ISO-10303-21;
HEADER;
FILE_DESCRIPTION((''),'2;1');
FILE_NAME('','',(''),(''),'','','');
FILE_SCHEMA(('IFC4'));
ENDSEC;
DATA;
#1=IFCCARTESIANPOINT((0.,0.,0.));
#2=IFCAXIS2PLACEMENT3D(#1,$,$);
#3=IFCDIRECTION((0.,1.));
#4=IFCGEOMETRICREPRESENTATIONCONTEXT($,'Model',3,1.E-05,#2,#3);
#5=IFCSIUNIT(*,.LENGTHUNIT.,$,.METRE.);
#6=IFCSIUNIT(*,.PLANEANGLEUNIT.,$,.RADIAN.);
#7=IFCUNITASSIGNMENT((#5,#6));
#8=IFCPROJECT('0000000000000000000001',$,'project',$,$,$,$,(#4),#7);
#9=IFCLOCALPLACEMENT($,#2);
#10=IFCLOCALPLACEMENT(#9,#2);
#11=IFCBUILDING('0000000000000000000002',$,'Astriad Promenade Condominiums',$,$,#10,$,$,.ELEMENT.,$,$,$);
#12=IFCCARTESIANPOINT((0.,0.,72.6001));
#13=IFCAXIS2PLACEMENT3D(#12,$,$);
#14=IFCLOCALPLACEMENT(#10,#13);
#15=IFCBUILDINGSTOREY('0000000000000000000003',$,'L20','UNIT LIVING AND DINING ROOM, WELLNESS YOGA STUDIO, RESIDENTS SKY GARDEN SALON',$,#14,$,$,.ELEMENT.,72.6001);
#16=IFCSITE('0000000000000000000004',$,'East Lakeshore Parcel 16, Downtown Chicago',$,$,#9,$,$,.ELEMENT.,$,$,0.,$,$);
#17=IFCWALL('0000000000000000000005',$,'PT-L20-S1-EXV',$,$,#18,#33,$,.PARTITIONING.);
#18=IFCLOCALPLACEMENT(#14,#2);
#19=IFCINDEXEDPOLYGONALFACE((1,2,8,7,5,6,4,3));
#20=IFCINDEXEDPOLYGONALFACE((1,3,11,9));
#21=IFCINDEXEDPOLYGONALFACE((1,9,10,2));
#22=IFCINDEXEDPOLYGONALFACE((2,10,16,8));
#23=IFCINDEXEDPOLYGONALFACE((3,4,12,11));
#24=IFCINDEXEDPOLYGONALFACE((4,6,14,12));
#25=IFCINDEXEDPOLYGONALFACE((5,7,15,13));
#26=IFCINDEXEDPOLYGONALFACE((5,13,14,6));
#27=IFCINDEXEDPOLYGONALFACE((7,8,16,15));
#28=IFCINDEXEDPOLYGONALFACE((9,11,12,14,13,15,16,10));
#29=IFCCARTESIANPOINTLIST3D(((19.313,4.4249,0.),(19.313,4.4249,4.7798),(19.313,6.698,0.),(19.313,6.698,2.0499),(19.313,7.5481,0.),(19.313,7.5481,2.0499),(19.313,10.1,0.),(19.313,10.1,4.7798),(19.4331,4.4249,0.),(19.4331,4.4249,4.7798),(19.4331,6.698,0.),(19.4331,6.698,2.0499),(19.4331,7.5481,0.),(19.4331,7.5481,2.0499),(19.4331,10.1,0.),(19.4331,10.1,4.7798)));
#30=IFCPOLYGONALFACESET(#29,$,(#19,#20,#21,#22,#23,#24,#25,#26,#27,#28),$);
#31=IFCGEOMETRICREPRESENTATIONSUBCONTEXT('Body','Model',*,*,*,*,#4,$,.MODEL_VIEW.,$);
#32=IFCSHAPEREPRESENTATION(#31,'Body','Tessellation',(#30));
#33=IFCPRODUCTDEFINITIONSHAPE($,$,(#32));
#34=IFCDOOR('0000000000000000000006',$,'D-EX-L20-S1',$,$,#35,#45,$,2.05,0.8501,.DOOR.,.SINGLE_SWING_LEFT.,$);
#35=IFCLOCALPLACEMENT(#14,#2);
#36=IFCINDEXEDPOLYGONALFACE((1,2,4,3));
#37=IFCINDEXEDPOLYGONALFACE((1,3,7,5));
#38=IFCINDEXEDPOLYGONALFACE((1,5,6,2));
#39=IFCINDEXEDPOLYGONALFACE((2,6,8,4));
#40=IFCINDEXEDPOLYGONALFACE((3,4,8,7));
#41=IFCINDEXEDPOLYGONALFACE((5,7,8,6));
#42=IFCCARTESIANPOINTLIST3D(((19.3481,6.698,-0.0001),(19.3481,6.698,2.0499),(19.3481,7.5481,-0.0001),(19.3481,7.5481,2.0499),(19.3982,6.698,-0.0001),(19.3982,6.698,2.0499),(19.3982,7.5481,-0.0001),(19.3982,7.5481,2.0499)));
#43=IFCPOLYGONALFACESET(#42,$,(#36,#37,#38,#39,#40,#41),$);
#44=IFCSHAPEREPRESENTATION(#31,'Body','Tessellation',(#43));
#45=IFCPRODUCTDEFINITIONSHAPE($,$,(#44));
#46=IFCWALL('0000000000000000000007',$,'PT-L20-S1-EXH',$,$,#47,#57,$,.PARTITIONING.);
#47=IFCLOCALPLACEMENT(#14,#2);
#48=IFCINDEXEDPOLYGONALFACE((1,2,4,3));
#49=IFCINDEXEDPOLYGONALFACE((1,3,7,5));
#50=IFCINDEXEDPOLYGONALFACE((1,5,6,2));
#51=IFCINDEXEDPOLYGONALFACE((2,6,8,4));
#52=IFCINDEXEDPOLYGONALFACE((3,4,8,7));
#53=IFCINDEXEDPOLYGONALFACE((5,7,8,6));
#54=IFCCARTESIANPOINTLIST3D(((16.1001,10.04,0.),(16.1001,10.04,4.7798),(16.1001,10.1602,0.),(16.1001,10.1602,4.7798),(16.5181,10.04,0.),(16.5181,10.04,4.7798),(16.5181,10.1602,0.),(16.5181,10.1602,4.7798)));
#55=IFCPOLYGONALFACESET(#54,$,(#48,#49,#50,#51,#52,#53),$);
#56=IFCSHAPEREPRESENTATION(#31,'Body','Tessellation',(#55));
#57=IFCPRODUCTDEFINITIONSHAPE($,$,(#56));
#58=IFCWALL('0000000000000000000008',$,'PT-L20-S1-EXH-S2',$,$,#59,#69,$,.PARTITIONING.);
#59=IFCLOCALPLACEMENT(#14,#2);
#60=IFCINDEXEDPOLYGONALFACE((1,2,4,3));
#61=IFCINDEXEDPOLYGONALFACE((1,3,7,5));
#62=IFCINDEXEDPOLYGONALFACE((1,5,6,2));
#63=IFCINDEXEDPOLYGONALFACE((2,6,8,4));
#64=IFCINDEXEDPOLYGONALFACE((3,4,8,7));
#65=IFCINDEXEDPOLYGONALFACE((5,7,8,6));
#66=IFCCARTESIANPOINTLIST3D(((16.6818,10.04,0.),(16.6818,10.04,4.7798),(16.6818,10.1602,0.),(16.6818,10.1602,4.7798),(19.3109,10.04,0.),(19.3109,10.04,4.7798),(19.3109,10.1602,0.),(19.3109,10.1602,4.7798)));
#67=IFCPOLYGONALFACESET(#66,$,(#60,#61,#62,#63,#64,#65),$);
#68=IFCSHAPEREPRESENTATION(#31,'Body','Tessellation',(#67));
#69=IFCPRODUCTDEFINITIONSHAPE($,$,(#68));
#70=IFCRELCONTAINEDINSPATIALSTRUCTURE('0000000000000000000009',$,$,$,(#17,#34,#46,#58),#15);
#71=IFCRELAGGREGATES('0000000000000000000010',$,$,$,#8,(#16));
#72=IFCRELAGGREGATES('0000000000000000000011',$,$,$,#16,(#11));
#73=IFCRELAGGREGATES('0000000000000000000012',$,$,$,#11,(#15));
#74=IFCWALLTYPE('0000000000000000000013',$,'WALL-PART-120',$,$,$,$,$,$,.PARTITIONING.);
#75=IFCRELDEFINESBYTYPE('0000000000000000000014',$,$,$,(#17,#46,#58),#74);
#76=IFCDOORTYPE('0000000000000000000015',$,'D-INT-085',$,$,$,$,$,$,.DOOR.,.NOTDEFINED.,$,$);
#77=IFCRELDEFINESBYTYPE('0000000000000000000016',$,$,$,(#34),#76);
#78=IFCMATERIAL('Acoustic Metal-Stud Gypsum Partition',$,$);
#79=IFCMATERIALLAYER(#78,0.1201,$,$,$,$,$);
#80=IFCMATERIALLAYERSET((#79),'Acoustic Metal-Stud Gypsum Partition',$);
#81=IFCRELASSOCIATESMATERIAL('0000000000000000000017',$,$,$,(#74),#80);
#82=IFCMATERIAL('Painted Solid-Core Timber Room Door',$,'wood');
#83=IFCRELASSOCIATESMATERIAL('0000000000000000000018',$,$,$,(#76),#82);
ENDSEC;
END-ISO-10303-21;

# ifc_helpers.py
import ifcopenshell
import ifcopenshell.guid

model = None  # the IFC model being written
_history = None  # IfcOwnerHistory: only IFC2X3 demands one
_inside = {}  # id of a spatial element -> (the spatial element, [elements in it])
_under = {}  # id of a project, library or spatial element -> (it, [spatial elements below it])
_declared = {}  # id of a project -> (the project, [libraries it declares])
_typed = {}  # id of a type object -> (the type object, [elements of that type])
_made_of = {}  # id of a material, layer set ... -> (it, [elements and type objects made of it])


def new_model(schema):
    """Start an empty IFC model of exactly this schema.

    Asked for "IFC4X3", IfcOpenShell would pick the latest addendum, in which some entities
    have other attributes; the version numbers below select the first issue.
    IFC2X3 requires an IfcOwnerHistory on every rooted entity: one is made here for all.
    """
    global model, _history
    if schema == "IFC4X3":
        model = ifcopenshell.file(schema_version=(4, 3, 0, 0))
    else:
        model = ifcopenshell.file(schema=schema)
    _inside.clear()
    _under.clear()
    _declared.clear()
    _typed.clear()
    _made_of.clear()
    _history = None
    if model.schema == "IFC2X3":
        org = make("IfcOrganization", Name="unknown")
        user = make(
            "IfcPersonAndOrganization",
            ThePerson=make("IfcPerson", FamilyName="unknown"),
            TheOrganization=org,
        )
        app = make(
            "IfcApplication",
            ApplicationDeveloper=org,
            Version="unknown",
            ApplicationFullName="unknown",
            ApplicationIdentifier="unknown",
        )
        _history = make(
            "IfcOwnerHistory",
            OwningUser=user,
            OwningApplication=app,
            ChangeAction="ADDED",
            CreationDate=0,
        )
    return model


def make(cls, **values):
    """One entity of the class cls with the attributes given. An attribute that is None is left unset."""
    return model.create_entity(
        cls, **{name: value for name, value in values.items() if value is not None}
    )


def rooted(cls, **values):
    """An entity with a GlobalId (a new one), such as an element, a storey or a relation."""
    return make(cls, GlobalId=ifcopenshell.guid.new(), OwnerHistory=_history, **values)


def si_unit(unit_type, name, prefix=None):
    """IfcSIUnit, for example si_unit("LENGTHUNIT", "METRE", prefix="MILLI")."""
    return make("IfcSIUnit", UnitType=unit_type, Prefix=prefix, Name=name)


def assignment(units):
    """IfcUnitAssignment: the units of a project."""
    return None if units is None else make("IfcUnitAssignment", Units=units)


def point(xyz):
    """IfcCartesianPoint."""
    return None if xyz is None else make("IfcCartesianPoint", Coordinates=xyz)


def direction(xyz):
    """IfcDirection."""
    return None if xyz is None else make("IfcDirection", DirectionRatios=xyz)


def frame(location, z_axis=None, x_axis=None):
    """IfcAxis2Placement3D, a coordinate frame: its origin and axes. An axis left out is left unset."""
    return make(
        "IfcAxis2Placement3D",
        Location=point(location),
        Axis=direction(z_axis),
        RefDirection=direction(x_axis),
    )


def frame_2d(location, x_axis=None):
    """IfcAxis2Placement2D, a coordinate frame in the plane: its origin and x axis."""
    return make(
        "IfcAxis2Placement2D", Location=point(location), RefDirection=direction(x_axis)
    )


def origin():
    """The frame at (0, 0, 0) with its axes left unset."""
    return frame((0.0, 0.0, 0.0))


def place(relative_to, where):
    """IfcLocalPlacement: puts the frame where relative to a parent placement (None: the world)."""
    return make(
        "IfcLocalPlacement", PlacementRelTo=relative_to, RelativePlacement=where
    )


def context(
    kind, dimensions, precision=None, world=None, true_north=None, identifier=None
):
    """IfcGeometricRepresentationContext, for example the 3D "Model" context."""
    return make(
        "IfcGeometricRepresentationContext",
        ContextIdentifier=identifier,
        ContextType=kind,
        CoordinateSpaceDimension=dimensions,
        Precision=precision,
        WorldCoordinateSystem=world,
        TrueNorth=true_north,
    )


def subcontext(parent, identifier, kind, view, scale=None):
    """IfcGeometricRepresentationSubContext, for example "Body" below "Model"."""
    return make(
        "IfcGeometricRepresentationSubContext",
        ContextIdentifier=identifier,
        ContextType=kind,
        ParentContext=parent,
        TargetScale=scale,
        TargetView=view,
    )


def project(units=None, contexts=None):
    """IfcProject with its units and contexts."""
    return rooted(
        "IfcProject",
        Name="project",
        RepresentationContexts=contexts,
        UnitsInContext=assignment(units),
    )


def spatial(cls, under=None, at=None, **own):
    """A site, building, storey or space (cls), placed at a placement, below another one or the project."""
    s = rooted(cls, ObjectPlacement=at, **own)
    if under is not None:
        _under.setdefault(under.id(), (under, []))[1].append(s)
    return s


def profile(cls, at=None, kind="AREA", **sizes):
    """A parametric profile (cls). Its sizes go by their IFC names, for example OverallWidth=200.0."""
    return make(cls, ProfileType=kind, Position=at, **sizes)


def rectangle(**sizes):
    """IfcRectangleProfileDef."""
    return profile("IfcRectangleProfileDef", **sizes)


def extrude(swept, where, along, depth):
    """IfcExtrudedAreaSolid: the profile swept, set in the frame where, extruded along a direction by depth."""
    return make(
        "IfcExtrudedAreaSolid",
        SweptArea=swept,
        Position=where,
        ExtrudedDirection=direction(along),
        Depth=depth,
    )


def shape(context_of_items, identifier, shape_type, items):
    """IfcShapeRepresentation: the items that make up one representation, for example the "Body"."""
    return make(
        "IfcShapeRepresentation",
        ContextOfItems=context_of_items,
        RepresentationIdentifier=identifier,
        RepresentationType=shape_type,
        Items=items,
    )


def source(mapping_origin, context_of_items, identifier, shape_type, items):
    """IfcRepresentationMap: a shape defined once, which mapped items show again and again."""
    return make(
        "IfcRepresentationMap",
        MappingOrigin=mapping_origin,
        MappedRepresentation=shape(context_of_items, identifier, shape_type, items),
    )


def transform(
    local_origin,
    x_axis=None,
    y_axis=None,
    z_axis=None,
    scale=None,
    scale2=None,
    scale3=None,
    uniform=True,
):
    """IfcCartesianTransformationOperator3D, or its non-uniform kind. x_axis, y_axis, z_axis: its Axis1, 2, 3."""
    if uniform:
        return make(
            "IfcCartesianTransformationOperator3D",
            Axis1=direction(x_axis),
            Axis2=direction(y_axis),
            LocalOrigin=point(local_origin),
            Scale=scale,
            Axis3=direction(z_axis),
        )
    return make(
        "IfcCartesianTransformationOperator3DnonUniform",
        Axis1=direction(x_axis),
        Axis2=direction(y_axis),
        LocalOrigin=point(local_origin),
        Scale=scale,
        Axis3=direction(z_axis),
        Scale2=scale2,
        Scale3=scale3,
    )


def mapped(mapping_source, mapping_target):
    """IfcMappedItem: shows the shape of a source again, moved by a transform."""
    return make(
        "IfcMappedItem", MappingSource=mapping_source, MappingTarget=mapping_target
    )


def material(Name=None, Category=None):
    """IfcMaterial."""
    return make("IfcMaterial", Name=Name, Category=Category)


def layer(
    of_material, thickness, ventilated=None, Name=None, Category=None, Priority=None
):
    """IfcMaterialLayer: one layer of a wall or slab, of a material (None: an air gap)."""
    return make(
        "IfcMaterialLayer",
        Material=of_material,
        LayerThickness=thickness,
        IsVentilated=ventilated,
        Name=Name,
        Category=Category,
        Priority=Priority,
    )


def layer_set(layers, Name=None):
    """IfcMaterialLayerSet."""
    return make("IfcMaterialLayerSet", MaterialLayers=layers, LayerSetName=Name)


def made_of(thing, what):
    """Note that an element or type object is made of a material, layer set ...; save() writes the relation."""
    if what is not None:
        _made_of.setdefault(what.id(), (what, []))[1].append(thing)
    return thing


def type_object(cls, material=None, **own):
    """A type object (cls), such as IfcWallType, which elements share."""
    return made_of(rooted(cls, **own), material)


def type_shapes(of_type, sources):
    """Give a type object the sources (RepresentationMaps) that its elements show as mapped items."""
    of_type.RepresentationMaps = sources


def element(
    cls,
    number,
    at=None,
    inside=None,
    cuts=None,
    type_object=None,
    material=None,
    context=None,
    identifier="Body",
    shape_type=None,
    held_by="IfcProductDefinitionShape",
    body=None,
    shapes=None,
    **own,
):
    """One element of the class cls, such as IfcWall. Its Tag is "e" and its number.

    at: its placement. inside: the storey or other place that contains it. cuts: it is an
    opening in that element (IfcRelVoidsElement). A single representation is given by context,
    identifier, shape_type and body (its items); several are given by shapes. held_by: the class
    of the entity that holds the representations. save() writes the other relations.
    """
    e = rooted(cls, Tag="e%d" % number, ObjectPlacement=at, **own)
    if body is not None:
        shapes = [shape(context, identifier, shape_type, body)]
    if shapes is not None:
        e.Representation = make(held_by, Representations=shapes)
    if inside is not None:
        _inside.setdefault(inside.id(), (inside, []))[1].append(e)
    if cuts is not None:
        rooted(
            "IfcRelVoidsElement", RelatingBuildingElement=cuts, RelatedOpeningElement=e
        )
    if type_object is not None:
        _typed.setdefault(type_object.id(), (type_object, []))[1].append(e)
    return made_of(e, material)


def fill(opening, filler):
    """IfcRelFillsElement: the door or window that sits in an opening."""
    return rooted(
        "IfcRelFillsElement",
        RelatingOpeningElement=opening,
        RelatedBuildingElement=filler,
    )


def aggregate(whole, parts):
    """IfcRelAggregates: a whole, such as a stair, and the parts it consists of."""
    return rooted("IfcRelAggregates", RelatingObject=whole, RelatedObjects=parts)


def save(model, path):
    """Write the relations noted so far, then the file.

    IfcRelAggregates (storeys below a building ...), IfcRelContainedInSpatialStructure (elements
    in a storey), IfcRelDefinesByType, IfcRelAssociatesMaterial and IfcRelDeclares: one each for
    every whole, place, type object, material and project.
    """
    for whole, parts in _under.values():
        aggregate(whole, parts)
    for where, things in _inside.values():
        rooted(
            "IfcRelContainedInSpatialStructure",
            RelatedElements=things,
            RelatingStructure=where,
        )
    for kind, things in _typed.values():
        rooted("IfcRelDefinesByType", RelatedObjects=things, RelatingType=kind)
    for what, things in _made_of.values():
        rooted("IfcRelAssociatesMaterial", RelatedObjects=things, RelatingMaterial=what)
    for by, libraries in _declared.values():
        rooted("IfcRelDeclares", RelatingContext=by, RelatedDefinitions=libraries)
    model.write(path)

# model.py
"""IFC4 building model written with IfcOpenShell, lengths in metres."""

from ifc_helpers import new_model, si_unit, direction, frame, frame_2d, origin, place, context, subcontext, project, spatial, rectangle, extrude, source, transform, mapped, material, layer, layer_set, type_object, type_shapes, element, fill, save


model = new_model("IFC4")

# Units and contexts
model_context = context("Model", 3, precision=1e-05, world=origin(), true_north=direction((0.0, 1.0)))
body_context = subcontext(model_context, "Body", "Model", "MODEL_VIEW")
ifc_project = project(units=[si_unit("LENGTHUNIT", "METRE"), si_unit("PLANEANGLEUNIT", "RADIAN")], contexts=[model_context])

# Site, building, storey
site_placement = place(None, origin())
site = spatial("IfcSite", under=ifc_project, at=site_placement, Name="East Lakeshore Parcel 16, Downtown Chicago", CompositionType="ELEMENT", RefElevation=0.0)
building_placement = place(site_placement, origin())
building = spatial("IfcBuilding", under=site, at=building_placement, Name="Astriad Promenade Condominiums", CompositionType="ELEMENT")
storey_placement = place(building_placement, frame((0.0, 0.0, 72.6001)))
storey = spatial("IfcBuildingStorey", under=building, at=storey_placement, Name="L20", Description="UNIT LIVING AND DINING ROOM, WELLNESS YOGA STUDIO, RESIDENTS SKY GARDEN SALON", CompositionType="ELEMENT", Elevation=72.6001)

# Wall, opening, door
ifc_material_1 = material(Name="Acoustic Metal-Stud Gypsum Partition")
ifc_layer_1 = layer(ifc_material_1, 0.1201)
ifc_layer_set_1 = layer_set([ifc_layer_1], Name="Acoustic Metal-Stud Gypsum Partition")
wall_type_1 = type_object("IfcWallType", Name="WALL-PART-120", PredefinedType="PARTITIONING", material=ifc_layer_set_1)
wall_1_placement = place(storey_placement, frame((19.373, 4.425, 0.0), z_axis=(0.0, 0.0, 1.0), x_axis=(0.0, 1.0, 0.0)))
wall_1 = element("IfcWall", 1, at=wall_1_placement, inside=storey, type_object=wall_type_1, Name="PT-L20-S1-EXV", PredefinedType="PARTITIONING", context=body_context, shape_type="SweptSolid", body=[
    extrude(rectangle(XDim=5.675, YDim=0.1201, at=frame_2d((2.8374, 0.0))), origin(), (0.0, 0.0, 1.0), 4.7798),
])
opening_1_placement = place(wall_1_placement, frame((2.2729, 0.0, 0.0)))
opening_1 = element("IfcOpeningElement", 2, at=opening_1_placement, cuts=wall_1, PredefinedType="OPENING", context=body_context, shape_type="SweptSolid", body=[
    extrude(rectangle(XDim=0.8501, YDim=2.05, at=frame_2d((0.425, 1.0249))), frame((0.0, 0.0701, 0.0), z_axis=(0.0, -1.0, 0.0), x_axis=(1.0, 0.0, 0.0)), (0.0, 0.0, 1.0), 0.1401),
])
ifc_material_2 = material(Name="Painted Solid-Core Timber Room Door", Category="wood")
door_type_1 = type_object("IfcDoorType", Name="D-INT-085", OperationType="NOTDEFINED", PredefinedType="DOOR", material=ifc_material_2)
shared_shape_1 = source(origin(), body_context, "Body", "SweptSolid", [
    extrude(rectangle(XDim=0.8501, YDim=2.05, at=frame_2d((0.425, 1.0249))), frame((0.0, 0.0249, 0.0), z_axis=(0.0, -1.0, 0.0), x_axis=(1.0, 0.0, 0.0)), (0.0, 0.0, 1.0), 0.05),
])
type_shapes(door_type_1, [shared_shape_1])
door_1_placement = place(opening_1_placement, origin())
door_1 = element("IfcDoor", 3, at=door_1_placement, inside=storey, type_object=door_type_1, Name="D-EX-L20-S1", OperationType="SINGLE_SWING_LEFT", OverallHeight=2.05, OverallWidth=0.8501, PredefinedType="DOOR", context=body_context, shape_type="MappedRepresentation", body=[
    mapped(shared_shape_1, transform((0.0, 0.0, 0.0), scale=1.0)),
])
fill(opening_1, door_1)

# Walls
wall_2_placement = place(storey_placement, frame((16.1001, 10.1001, 0.0), z_axis=(0.0, 0.0, 1.0), x_axis=(1.0, 0.0, 0.0)))
element("IfcWall", 4, at=wall_2_placement, inside=storey, type_object=wall_type_1, Name="PT-L20-S1-EXH", PredefinedType="PARTITIONING", context=body_context, shape_type="SweptSolid", body=[
    extrude(rectangle(XDim=0.418, YDim=0.1201, at=frame_2d((0.209, 0.0))), origin(), (0.0, 0.0, 1.0), 4.7798),
])
wall_3_placement = place(storey_placement, frame((16.6819, 10.1001, 0.0), z_axis=(0.0, 0.0, 1.0), x_axis=(1.0, 0.0, 0.0)))
element("IfcWall", 5, at=wall_3_placement, inside=storey, type_object=wall_type_1, Name="PT-L20-S1-EXH-S2", PredefinedType="PARTITIONING", context=body_context, shape_type="SweptSolid", body=[
    extrude(rectangle(XDim=2.6292, YDim=0.1201, at=frame_2d((1.3145, 0.0))), origin(), (0.0, 0.0, 1.0), 4.7798),
])

save(model, "model.ifc")
